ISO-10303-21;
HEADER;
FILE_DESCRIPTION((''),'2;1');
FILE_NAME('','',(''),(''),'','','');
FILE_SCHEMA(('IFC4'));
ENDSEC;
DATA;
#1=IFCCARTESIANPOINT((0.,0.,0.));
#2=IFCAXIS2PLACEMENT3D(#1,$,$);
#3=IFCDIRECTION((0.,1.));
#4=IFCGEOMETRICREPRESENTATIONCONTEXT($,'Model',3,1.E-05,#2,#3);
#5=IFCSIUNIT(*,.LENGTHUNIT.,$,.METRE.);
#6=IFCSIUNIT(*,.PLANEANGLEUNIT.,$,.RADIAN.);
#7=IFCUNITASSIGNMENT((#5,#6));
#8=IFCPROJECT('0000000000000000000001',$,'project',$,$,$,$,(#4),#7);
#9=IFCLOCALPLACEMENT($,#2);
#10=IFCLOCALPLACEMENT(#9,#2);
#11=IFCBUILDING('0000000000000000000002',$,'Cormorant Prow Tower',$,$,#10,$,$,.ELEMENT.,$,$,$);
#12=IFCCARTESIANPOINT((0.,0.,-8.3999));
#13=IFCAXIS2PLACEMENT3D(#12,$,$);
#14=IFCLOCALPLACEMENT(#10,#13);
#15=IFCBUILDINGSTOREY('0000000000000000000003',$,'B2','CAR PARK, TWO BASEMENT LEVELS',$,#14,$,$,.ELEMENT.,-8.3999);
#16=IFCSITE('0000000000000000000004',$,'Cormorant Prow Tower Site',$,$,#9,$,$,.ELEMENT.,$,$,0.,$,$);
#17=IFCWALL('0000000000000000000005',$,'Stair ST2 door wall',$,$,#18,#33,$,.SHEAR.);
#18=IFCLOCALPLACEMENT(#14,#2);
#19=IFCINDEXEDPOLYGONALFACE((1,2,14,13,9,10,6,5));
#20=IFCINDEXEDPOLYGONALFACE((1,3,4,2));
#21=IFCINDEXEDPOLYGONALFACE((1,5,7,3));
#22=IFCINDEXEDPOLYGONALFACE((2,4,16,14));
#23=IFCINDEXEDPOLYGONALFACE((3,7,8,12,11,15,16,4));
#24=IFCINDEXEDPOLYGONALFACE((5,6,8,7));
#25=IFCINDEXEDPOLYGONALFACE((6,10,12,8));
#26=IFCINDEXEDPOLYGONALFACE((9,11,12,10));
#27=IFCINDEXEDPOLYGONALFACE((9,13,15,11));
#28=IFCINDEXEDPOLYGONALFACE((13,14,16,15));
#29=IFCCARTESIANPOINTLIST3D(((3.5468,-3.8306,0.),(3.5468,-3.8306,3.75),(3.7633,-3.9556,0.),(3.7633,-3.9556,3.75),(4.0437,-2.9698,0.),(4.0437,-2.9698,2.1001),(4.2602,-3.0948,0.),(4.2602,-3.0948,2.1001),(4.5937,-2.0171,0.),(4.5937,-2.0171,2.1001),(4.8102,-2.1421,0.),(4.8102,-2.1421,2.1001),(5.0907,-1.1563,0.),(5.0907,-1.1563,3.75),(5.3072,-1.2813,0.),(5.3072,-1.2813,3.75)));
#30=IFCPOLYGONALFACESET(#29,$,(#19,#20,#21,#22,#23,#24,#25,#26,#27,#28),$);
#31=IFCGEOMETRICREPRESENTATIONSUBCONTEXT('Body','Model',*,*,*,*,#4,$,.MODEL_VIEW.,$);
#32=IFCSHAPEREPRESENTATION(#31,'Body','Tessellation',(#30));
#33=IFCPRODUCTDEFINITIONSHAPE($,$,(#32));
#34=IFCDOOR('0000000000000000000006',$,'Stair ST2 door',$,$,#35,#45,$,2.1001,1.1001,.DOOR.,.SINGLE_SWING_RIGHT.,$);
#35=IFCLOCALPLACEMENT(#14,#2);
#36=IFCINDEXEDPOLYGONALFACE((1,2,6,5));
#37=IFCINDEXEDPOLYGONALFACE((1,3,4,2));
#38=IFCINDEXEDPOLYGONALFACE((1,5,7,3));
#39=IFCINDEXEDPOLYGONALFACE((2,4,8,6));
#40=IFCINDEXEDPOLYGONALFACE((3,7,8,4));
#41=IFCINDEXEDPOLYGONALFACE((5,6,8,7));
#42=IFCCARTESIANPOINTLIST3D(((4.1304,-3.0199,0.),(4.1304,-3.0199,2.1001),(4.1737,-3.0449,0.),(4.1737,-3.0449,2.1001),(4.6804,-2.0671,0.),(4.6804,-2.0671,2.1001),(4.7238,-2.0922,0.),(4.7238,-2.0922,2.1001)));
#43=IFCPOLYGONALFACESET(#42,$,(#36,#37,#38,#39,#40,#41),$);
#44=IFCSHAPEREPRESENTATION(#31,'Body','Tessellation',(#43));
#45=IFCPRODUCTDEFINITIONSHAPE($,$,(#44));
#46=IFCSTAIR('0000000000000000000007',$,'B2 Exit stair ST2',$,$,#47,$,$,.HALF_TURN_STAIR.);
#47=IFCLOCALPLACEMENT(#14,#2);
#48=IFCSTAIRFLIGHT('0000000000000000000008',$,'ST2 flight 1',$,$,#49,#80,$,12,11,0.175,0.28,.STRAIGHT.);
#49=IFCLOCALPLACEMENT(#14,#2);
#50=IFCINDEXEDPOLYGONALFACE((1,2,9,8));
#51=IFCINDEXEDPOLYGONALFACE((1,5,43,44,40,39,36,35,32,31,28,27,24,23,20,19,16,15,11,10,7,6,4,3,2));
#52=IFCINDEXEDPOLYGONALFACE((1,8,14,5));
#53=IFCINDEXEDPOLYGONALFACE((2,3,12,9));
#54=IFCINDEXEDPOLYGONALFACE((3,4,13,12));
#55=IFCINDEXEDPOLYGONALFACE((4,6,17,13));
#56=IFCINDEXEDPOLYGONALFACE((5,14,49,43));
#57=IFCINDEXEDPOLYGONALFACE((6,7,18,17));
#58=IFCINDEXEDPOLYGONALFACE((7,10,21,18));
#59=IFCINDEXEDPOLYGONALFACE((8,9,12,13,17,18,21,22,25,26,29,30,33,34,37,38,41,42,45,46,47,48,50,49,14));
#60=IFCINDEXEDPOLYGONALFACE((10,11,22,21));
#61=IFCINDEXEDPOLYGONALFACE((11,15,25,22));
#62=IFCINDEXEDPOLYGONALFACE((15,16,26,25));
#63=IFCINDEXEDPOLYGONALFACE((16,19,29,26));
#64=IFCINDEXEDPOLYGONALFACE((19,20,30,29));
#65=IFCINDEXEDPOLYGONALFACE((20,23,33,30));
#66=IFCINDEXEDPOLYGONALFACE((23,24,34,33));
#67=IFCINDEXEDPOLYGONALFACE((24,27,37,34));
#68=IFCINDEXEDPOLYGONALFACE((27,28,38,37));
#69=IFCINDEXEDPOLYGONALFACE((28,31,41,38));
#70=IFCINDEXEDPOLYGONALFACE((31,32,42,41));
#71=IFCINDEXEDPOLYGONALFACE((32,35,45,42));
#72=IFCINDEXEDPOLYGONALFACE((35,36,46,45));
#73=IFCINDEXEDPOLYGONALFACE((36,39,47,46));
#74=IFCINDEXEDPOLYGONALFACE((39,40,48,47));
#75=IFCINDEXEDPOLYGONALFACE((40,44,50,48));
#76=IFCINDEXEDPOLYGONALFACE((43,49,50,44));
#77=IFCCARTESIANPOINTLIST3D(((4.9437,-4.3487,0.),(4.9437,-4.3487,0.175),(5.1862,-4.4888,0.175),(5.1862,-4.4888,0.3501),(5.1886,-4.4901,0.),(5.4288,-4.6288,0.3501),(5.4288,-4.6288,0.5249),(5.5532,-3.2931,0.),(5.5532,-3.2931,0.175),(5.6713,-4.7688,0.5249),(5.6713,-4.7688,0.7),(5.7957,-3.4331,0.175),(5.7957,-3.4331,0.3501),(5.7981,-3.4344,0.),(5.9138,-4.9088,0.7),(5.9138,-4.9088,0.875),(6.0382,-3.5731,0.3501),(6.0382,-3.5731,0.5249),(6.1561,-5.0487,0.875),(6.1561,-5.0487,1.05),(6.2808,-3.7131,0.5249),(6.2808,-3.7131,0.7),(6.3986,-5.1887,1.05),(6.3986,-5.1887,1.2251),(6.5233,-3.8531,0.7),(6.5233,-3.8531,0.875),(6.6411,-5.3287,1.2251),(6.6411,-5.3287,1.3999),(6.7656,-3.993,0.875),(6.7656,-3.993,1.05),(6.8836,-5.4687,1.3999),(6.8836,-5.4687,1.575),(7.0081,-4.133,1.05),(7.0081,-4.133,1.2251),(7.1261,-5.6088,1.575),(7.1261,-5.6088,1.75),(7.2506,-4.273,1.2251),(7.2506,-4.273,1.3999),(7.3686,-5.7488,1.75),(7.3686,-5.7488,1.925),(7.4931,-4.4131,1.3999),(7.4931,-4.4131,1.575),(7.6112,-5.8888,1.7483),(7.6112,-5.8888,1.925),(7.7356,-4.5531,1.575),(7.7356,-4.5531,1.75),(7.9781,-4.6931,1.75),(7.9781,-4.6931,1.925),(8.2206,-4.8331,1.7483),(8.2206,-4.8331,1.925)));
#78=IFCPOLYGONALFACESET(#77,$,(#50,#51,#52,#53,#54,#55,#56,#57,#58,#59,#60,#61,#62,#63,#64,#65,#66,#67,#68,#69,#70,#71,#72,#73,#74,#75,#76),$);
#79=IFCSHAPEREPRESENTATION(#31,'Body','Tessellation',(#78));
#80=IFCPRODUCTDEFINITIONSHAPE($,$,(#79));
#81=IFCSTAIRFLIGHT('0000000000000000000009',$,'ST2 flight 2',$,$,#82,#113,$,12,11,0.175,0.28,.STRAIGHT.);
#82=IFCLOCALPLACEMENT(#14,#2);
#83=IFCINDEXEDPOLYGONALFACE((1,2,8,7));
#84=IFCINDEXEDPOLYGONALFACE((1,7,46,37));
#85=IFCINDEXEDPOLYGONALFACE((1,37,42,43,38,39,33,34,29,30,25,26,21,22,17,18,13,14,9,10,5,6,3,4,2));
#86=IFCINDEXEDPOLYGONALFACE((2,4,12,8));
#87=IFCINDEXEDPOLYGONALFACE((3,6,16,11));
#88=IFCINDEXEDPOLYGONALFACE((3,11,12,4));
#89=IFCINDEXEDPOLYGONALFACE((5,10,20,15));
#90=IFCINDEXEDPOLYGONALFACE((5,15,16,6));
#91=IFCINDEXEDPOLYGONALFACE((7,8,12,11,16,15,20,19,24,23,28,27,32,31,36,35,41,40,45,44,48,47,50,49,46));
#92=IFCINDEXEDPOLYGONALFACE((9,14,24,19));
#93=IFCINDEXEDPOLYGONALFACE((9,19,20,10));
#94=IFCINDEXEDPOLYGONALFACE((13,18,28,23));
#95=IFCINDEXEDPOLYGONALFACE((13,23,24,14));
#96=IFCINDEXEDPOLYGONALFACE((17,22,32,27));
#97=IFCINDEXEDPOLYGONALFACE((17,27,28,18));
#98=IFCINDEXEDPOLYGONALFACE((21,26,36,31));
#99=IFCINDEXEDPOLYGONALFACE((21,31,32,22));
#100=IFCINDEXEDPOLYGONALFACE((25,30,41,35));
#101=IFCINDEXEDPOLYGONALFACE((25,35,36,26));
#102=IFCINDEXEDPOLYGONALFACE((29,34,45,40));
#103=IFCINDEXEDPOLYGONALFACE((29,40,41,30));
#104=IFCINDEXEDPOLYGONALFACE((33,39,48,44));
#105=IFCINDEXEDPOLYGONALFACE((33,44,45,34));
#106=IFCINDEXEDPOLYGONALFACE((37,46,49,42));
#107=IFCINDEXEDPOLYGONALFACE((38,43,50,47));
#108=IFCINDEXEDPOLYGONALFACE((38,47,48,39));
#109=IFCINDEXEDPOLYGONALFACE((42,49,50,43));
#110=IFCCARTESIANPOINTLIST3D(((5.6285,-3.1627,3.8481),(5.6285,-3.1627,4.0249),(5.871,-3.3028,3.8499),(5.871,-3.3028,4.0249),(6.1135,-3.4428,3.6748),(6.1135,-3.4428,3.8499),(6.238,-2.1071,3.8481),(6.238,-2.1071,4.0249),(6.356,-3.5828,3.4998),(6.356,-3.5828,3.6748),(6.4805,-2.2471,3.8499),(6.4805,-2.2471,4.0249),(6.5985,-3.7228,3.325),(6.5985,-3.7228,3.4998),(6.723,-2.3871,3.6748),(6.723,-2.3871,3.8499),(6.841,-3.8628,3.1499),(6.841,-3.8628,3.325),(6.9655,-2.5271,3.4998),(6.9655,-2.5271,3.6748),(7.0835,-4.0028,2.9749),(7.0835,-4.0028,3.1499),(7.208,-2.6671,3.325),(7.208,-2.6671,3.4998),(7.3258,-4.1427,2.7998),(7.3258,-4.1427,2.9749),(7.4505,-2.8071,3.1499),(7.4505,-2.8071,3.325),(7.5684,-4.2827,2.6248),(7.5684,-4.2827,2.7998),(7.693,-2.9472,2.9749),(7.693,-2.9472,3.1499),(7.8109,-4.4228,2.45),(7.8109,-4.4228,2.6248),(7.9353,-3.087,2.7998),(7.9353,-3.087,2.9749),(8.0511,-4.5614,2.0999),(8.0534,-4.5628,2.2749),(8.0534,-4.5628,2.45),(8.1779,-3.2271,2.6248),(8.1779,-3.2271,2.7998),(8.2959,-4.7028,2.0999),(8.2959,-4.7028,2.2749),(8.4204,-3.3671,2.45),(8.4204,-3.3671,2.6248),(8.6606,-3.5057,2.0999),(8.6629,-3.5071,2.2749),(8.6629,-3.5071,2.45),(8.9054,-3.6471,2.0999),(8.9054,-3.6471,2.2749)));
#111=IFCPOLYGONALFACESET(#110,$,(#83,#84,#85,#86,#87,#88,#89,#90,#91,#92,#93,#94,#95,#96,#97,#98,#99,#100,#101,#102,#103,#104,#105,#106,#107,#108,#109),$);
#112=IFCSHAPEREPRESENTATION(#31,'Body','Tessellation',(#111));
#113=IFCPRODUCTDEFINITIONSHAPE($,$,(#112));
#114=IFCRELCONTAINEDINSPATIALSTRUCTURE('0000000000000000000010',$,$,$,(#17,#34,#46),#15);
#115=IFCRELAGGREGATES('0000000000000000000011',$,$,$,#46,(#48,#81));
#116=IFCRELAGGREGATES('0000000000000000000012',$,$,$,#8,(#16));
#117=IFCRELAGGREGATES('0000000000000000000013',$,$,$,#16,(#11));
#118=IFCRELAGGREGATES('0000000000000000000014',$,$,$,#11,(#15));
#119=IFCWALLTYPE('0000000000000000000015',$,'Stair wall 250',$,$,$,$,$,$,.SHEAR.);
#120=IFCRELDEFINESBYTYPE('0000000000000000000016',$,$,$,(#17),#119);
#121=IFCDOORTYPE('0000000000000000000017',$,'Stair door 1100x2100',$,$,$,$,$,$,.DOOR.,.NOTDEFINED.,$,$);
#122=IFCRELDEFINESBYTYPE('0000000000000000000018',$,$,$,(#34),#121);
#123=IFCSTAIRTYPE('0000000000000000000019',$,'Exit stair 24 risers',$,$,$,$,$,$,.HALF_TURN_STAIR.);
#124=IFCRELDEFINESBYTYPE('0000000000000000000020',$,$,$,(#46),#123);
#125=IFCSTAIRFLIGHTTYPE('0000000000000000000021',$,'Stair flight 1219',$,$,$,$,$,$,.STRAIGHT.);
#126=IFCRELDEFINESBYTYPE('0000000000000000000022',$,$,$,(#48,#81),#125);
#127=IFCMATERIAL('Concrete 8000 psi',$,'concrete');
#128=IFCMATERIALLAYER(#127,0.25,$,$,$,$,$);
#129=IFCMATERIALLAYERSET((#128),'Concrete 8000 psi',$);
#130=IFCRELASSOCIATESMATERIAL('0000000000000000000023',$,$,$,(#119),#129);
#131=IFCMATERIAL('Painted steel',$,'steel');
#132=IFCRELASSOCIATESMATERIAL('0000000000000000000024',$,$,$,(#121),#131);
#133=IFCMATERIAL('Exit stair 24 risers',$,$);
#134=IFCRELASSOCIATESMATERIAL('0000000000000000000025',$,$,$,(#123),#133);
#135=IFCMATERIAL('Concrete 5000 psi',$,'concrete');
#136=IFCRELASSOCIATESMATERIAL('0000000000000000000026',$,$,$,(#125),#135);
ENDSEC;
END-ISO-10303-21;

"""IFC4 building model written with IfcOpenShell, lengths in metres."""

from ifc_helpers import new_model, si_unit, direction, frame, frame_2d, origin, place, context, subcontext, project, spatial, polyline, rectangle, outline, extrude, material, layer, layer_set, type_object, element, fill, aggregate, save


model = new_model("IFC4")

# Units and contexts
model_context = context("Model", 3, precision=1e-05, world=origin(), true_north=direction((0.0, 1.0)))
body_context = subcontext(model_context, "Body", "Model", "MODEL_VIEW")
ifc_project = project(units=[si_unit("LENGTHUNIT", "METRE"), si_unit("PLANEANGLEUNIT", "RADIAN")], contexts=[model_context])

# Site, building, storey
site_placement = place(None, origin())
site = spatial("IfcSite", under=ifc_project, at=site_placement, Name="Cormorant Prow Tower Site", CompositionType="ELEMENT", RefElevation=0.0)
building_placement = place(site_placement, origin())
building = spatial("IfcBuilding", under=site, at=building_placement, Name="Cormorant Prow Tower", CompositionType="ELEMENT")
storey_placement = place(building_placement, frame((0.0, 0.0, -8.3999)))
storey = spatial("IfcBuildingStorey", under=building, at=storey_placement, Name="B2", Description="CAR PARK, TWO BASEMENT LEVELS", CompositionType="ELEMENT", Elevation=-8.3999)

# Wall, opening, door
ifc_material_1 = material(Name="Concrete 8000 psi", Category="concrete")
ifc_layer_1 = layer(ifc_material_1, 0.25)
ifc_layer_set_1 = layer_set([ifc_layer_1], Name="Concrete 8000 psi")
wall_type_1 = type_object("IfcWallType", Name="Stair wall 250", PredefinedType="SHEAR", material=ifc_layer_set_1)
wall_1_placement = place(storey_placement, frame((3.655, -3.8931, 0.0), z_axis=(0.0, 0.0, 1.0), x_axis=(0.499983, 0.866035, 0.0)))
wall_1 = element("IfcWall", 1, at=wall_1_placement, inside=storey, type_object=wall_type_1, Name="Stair ST2 door wall", PredefinedType="SHEAR", context=body_context, shape_type="SweptSolid", body=[
    extrude(rectangle(XDim=3.0879, YDim=0.25, at=frame_2d((1.5439, 0.0))), origin(), (0.0, 0.0, 1.0), 3.75),
])
opening_1_placement = place(wall_1_placement, frame((0.9939, 0.0, 0.0)))
opening_1 = element("IfcOpeningElement", 2, at=opening_1_placement, cuts=wall_1, PredefinedType="OPENING", context=body_context, shape_type="SweptSolid", body=[
    extrude(rectangle(XDim=1.1001, YDim=2.1001, at=frame_2d((0.55, 1.05))), frame((0.0, 0.135, 0.0), z_axis=(0.0, -1.0, 0.0), x_axis=(1.0, 0.0, 0.0)), (0.0, 0.0, 1.0), 0.27),
])
ifc_material_2 = material(Name="Painted steel", Category="steel")
door_type_1 = type_object("IfcDoorType", Name="Stair door 1100x2100", OperationType="NOTDEFINED", PredefinedType="DOOR", material=ifc_material_2)
door_1_placement = place(opening_1_placement, origin())
door_1 = element("IfcDoor", 3, at=door_1_placement, inside=storey, type_object=door_type_1, Name="Stair ST2 door", OperationType="SINGLE_SWING_RIGHT", OverallHeight=2.1001, OverallWidth=1.1001, PredefinedType="DOOR", context=body_context, shape_type="SweptSolid", body=[
    extrude(rectangle(XDim=1.1001, YDim=2.1001, at=frame_2d((0.55, 1.05))), frame((0.0, 0.0249, 0.0), z_axis=(0.0, -1.0, 0.0), x_axis=(1.0, 0.0, 0.0)), (0.0, 0.0, 1.0), 0.05),
])
fill(opening_1, door_1)

# Stair, stair flights
ifc_material_3 = material(Name="Exit stair 24 risers")
stair_type = type_object("IfcStairType", Name="Exit stair 24 risers", PredefinedType="HALF_TURN_STAIR", material=ifc_material_3)
stair_placement = place(storey_placement, origin())
stair = element("IfcStair", 4, at=stair_placement, inside=storey, type_object=stair_type, Name="B2 Exit stair ST2", PredefinedType="HALF_TURN_STAIR")
ifc_material_4 = material(Name="Concrete 5000 psi", Category="concrete")
stair_flight_type = type_object("IfcStairFlightType", Name="Stair flight 1219", PredefinedType="STRAIGHT", material=ifc_material_4)
stair_flight_1_placement = place(storey_placement, frame((5.2485, -3.8208, 0.0), z_axis=(0.0, 0.0, 1.0), x_axis=(0.866025, -0.5, 0.0)))
stair_flight_1 = element("IfcStairFlight", 5, at=stair_flight_1_placement, type_object=stair_flight_type, Name="ST2 flight 1", NumberOfRisers=12, NumberOfTreads=11, PredefinedType="STRAIGHT", RiserHeight=0.175, TreadLength=0.28, context=body_context, shape_type="SweptSolid", body=[
    extrude(outline(polyline([(0.0, 0.0), (0.0, 0.175), (0.28, 0.175), (0.28, 0.3501), (0.5601, 0.3501), (0.5601, 0.5249), (0.8401, 0.5249), (0.8401, 0.7), (1.1201, 0.7), (1.1201, 0.875), (1.3999, 0.875), (1.3999, 1.05), (1.6799, 1.05), (1.6799, 1.2251), (1.96, 1.2251), (1.96, 1.3999), (2.24, 1.3999), (2.24, 1.575), (2.52, 1.575), (2.52, 1.75), (2.8, 1.75), (2.8, 1.925), (3.0801, 1.925), (3.0801, 2.1001), (3.0801, 1.7483), (0.2827, 0.0), (0.0, 0.0)])), frame((0.0, 0.6094, 0.0), z_axis=(0.0, -1.0, 0.0), x_axis=(1.0, 0.0, 0.0)), (0.0, 0.0, 1.0), 1.219),
])
stair_flight_2_placement = place(storey_placement, frame((8.6006, -4.175, 2.0999), z_axis=(0.0, 0.0, 1.0), x_axis=(-0.866025, 0.5, 0.0)))
stair_flight_2 = element("IfcStairFlight", 6, at=stair_flight_2_placement, type_object=stair_flight_type, Name="ST2 flight 2", NumberOfRisers=12, NumberOfTreads=11, PredefinedType="STRAIGHT", RiserHeight=0.175, TreadLength=0.28, context=body_context, shape_type="SweptSolid", body=[
    extrude(outline(polyline([(0.0, 0.0), (0.0, 0.175), (0.28, 0.175), (0.28, 0.3501), (0.5601, 0.3501), (0.5601, 0.5249), (0.8401, 0.5249), (0.8401, 0.7), (1.1201, 0.7), (1.1201, 0.875), (1.3999, 0.875), (1.3999, 1.05), (1.6799, 1.05), (1.6799, 1.2251), (1.96, 1.2251), (1.96, 1.3999), (2.24, 1.3999), (2.24, 1.575), (2.52, 1.575), (2.52, 1.75), (2.8, 1.75), (2.8, 1.925), (3.0801, 1.925), (3.0801, 2.1001), (3.0801, 1.7483), (0.2827, 0.0), (0.0, 0.0)])), frame((0.0, 0.6094, 0.0), z_axis=(0.0, -1.0, 0.0), x_axis=(1.0, 0.0, 0.0)), (0.0, 0.0, 1.0), 1.219),
])
aggregate(stair, [stair_flight_1, stair_flight_2])

save(model, "model.ifc")
